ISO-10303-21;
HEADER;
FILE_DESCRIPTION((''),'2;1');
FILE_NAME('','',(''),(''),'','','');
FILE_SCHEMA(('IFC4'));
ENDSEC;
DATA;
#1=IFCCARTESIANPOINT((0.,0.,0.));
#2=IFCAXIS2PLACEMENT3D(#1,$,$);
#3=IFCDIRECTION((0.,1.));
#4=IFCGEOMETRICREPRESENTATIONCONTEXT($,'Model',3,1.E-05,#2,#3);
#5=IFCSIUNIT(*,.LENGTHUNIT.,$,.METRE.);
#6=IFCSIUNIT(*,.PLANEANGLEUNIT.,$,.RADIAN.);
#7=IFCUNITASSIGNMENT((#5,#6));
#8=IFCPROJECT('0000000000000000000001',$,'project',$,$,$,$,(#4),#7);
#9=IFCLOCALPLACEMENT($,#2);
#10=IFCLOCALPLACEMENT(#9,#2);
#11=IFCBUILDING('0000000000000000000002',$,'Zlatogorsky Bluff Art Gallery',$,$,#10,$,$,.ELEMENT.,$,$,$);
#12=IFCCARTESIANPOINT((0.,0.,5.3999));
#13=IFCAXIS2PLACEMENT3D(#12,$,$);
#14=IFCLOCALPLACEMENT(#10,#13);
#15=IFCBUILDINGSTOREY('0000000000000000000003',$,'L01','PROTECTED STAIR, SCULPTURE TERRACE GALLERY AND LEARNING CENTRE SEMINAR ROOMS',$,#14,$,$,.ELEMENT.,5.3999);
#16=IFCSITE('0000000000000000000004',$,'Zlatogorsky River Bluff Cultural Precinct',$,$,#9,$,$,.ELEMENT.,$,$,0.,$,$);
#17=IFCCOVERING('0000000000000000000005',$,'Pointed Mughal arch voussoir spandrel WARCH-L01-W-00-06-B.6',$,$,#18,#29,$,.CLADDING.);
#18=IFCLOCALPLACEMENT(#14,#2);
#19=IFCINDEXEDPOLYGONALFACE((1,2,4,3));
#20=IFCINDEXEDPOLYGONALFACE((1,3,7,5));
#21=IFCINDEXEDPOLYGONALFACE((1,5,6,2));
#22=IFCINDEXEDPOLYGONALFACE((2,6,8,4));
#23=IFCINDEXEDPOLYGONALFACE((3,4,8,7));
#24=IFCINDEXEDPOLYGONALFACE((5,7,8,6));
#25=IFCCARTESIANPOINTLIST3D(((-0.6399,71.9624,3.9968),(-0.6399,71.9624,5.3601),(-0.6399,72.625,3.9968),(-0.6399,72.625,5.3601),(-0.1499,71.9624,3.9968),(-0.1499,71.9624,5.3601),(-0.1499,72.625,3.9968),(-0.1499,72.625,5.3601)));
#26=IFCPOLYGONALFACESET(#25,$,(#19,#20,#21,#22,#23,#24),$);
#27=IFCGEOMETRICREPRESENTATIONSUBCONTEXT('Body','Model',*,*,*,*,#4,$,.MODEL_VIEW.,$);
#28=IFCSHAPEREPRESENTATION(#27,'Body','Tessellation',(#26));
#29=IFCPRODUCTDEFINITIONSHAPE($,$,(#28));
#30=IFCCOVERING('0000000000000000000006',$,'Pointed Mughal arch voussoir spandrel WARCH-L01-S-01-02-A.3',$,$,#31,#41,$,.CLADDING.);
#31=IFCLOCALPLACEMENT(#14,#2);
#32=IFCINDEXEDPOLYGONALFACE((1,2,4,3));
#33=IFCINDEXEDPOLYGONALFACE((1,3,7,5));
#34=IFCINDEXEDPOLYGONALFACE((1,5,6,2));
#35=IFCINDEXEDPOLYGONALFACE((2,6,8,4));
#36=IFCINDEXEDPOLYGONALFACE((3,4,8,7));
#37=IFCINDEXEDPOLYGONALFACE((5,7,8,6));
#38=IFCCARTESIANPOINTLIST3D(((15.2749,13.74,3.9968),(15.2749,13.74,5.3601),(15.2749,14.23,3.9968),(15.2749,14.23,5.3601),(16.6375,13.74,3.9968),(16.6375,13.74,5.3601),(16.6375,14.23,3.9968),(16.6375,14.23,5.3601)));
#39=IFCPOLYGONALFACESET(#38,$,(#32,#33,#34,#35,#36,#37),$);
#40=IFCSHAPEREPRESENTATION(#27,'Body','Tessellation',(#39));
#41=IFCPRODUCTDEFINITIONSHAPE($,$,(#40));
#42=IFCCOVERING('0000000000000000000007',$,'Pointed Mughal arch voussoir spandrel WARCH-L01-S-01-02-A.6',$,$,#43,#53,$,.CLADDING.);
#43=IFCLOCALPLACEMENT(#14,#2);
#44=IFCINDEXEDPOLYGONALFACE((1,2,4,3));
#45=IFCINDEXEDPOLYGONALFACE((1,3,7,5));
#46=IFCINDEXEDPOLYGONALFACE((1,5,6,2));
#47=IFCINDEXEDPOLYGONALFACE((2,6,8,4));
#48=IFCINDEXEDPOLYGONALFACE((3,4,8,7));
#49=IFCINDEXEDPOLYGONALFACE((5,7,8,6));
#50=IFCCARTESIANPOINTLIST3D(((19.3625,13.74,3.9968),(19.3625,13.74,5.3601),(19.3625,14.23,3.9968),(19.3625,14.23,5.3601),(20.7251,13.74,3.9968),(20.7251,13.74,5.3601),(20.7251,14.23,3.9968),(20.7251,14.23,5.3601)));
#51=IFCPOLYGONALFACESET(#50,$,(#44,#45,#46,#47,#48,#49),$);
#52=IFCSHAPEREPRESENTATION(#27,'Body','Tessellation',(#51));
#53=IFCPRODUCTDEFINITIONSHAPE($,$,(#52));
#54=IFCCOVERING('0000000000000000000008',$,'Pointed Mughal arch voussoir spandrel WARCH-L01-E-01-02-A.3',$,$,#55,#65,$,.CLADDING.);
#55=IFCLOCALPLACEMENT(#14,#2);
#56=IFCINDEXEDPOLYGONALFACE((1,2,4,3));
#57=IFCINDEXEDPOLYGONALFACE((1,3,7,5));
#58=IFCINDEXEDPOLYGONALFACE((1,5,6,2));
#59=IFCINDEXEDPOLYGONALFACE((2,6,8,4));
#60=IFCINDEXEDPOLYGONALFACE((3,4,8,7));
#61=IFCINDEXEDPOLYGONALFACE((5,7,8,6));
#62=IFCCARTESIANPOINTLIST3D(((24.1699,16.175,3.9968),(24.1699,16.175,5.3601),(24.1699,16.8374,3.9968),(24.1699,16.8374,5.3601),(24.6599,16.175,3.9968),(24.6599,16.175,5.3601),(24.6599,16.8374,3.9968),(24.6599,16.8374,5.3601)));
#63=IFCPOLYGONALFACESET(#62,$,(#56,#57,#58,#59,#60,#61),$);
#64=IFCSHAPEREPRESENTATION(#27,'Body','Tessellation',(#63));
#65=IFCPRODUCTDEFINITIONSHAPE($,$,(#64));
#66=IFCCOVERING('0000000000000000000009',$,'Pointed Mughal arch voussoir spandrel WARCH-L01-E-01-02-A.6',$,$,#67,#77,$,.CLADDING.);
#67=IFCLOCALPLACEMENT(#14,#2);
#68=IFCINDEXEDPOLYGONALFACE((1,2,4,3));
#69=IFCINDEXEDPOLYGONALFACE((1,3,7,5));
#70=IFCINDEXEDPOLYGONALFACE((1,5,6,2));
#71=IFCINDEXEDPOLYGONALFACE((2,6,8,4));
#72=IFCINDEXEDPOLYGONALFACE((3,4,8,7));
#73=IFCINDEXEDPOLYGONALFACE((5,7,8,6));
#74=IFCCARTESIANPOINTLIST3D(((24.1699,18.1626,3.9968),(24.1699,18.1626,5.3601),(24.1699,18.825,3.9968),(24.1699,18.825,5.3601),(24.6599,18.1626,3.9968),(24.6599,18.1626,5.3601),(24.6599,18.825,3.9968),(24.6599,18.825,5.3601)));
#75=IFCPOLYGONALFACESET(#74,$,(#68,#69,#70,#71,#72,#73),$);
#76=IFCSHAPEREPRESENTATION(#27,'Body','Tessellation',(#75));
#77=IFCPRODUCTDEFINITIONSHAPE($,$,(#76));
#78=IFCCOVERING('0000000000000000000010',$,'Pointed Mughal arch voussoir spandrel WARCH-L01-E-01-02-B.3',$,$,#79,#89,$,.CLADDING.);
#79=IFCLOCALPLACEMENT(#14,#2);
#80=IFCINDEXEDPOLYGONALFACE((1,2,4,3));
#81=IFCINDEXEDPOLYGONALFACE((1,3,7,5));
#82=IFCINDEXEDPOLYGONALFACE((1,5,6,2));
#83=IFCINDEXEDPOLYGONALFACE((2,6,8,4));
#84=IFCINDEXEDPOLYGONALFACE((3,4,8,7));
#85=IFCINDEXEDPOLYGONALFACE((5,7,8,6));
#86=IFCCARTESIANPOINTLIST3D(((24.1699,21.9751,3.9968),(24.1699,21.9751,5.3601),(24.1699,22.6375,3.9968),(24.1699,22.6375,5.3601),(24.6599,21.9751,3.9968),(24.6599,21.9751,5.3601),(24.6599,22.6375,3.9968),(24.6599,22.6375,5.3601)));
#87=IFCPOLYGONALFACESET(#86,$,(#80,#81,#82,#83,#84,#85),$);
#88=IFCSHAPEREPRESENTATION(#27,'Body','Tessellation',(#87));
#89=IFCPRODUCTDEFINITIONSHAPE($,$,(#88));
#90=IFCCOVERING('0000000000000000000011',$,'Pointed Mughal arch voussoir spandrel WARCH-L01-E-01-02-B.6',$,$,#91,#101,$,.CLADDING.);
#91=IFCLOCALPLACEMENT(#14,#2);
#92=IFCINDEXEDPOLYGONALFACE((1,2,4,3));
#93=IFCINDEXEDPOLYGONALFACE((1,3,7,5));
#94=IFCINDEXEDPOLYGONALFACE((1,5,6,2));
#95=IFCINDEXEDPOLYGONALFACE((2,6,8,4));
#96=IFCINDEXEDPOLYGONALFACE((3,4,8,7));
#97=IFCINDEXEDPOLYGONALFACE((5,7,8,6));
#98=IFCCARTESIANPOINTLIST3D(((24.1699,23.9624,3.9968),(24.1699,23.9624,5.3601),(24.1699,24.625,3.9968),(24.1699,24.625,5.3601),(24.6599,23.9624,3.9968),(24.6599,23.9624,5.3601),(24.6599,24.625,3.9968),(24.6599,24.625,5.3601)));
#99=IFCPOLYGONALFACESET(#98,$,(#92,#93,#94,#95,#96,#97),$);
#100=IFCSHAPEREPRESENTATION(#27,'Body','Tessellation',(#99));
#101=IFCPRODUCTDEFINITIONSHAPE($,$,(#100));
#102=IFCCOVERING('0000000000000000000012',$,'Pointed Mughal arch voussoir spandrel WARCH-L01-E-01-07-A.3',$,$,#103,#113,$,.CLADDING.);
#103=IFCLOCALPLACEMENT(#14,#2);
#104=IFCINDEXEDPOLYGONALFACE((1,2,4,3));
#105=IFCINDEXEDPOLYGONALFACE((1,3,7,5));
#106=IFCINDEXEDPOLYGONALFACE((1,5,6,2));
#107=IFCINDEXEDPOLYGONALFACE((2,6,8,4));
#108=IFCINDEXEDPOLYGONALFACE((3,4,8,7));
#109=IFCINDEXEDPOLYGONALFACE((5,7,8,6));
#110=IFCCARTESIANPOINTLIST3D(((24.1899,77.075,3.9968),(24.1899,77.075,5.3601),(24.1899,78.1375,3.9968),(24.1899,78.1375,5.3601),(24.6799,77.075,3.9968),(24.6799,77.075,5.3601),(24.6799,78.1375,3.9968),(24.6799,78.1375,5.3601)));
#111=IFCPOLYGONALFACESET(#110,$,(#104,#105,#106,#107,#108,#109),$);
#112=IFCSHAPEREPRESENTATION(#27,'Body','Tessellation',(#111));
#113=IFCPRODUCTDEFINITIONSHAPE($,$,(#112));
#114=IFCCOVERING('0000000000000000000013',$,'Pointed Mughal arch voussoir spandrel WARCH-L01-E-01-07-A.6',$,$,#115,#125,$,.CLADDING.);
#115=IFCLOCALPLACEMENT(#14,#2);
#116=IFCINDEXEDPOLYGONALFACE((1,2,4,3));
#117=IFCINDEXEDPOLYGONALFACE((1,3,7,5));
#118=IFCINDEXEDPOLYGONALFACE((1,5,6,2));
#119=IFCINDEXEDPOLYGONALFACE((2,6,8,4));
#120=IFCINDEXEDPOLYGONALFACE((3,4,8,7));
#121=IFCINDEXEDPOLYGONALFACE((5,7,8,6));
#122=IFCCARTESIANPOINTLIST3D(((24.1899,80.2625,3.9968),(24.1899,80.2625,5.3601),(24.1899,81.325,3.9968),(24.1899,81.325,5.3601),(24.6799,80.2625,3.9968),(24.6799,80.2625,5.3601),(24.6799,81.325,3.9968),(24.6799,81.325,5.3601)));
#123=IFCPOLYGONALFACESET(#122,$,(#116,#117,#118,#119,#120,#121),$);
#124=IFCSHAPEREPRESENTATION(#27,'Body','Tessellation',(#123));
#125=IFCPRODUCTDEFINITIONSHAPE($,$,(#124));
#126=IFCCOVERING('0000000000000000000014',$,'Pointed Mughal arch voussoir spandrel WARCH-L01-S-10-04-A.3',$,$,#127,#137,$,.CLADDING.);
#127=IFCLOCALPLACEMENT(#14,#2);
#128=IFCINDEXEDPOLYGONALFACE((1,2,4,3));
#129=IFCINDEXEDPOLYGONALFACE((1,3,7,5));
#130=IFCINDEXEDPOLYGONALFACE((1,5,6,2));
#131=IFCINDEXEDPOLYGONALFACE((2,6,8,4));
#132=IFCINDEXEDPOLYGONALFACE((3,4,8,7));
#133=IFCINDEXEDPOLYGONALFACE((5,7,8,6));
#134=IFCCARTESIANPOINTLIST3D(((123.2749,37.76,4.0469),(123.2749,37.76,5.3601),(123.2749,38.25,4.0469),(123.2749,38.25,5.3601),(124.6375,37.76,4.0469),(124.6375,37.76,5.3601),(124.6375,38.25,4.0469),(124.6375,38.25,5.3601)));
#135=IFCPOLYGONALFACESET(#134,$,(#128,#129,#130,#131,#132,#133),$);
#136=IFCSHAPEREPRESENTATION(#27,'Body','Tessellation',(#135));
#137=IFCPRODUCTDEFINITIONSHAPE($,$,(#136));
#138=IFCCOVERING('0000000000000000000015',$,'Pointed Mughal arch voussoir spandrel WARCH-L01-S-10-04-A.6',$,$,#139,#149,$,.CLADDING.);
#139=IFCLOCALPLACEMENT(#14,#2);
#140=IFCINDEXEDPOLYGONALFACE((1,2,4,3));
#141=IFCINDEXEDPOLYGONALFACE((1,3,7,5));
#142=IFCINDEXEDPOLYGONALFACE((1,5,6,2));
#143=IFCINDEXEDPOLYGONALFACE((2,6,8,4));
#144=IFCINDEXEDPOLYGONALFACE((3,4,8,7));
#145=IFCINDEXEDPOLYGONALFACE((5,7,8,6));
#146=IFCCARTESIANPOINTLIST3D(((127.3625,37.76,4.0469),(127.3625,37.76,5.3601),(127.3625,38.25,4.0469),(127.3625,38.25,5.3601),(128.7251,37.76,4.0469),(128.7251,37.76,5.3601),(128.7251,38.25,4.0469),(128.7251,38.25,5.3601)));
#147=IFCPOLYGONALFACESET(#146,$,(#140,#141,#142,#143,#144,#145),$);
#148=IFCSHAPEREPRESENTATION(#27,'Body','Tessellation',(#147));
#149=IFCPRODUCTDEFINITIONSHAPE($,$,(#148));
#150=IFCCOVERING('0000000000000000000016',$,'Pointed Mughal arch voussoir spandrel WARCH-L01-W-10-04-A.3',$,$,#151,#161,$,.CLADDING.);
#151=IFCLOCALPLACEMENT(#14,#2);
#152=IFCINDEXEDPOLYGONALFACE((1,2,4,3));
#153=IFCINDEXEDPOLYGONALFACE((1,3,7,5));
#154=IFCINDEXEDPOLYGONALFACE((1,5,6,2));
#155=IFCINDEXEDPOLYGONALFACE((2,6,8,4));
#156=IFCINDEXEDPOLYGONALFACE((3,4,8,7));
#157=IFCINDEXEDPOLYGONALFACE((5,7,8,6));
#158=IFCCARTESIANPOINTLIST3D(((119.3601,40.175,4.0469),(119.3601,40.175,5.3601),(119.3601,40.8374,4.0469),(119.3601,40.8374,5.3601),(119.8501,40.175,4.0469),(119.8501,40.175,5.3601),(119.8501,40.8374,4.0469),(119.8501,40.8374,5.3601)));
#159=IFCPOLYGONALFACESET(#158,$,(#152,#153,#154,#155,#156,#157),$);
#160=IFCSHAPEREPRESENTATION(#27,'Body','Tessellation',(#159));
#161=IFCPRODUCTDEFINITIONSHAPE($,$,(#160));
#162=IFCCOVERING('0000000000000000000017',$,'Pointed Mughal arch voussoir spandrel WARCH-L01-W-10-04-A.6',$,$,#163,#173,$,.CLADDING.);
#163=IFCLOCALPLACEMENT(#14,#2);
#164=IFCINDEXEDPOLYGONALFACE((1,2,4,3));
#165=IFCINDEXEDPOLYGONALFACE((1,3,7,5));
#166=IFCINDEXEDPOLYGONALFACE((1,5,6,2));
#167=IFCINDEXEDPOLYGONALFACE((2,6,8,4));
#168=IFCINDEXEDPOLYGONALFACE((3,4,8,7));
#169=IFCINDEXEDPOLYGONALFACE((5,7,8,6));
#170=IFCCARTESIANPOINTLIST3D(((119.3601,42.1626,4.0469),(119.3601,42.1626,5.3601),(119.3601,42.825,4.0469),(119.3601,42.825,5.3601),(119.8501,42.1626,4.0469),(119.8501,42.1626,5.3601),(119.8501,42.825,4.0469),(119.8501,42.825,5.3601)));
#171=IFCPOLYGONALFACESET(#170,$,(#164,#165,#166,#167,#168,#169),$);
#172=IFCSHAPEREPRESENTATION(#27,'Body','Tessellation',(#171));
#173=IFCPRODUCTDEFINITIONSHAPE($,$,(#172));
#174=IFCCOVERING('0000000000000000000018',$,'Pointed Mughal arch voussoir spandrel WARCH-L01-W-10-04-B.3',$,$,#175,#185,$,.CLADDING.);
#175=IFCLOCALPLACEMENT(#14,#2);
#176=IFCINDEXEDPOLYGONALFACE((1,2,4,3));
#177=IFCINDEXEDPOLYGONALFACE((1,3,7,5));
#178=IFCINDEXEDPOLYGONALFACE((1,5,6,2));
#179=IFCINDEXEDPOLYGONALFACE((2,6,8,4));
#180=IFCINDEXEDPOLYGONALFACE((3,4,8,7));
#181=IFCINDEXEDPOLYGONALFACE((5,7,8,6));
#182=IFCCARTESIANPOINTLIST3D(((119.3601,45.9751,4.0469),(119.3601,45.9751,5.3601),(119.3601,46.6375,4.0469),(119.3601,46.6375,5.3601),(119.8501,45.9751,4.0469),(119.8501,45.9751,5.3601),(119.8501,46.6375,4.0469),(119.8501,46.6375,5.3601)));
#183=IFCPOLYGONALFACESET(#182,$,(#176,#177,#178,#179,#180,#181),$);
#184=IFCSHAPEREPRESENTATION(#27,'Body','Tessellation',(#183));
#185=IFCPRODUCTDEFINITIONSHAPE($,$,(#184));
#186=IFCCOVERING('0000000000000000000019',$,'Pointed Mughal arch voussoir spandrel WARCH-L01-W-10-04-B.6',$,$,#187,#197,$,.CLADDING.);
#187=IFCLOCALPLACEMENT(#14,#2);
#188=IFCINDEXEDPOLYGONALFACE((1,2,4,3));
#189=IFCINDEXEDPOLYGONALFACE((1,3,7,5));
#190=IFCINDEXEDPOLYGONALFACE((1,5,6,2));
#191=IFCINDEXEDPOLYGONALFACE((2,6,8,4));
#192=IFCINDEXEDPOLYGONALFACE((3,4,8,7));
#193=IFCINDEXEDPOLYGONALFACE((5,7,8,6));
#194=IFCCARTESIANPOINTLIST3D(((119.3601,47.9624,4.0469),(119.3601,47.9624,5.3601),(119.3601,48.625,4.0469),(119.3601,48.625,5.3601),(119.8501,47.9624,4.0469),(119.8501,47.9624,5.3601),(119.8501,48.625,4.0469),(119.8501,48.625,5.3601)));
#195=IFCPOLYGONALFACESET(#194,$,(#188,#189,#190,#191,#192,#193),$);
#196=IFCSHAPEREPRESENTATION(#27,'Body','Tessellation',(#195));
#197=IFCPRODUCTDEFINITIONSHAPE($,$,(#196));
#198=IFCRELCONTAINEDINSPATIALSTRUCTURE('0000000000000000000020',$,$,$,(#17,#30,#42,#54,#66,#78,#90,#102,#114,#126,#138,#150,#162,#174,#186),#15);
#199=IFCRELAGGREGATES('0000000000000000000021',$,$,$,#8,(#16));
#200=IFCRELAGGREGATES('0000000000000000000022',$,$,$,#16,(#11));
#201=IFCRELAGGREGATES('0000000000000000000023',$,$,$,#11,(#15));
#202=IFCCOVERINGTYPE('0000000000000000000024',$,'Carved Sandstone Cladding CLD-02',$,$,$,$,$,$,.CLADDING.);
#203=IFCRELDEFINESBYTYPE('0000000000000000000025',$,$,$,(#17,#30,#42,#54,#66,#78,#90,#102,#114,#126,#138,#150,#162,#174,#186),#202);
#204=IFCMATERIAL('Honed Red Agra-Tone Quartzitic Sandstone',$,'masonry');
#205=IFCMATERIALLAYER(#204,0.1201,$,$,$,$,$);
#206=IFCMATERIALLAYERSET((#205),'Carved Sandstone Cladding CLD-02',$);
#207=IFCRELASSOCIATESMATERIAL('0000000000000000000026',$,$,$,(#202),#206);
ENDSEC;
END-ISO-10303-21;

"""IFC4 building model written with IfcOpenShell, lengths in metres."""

from ifc_helpers import new_model, si_unit, direction, frame, origin, place, context, subcontext, project, spatial, polyline, outline, extrude, material, layer, layer_set, type_object, element, save


model = new_model("IFC4")

# Units and contexts
model_context = context("Model", 3, precision=1e-05, world=origin(), true_north=direction((0.0, 1.0)))
body_context = subcontext(model_context, "Body", "Model", "MODEL_VIEW")
ifc_project = project(units=[si_unit("LENGTHUNIT", "METRE"), si_unit("PLANEANGLEUNIT", "RADIAN")], contexts=[model_context])

# Site, building, storey
site_placement = place(None, origin())
site = spatial("IfcSite", under=ifc_project, at=site_placement, Name="Zlatogorsky River Bluff Cultural Precinct", CompositionType="ELEMENT", RefElevation=0.0)
building_placement = place(site_placement, origin())
building = spatial("IfcBuilding", under=site, at=building_placement, Name="Zlatogorsky Bluff Art Gallery", CompositionType="ELEMENT")
storey_placement = place(building_placement, frame((0.0, 0.0, 5.3999)))
storey = spatial("IfcBuildingStorey", under=building, at=storey_placement, Name="L01", Description="PROTECTED STAIR, SCULPTURE TERRACE GALLERY AND LEARNING CENTRE SEMINAR ROOMS", CompositionType="ELEMENT", Elevation=5.3999)

# Coverings
ifc_material = material(Name="Honed Red Agra-Tone Quartzitic Sandstone", Category="masonry")
ifc_layer = layer(ifc_material, 0.1201)
ifc_layer_set = layer_set([ifc_layer], Name="Carved Sandstone Cladding CLD-02")
covering_type = type_object("IfcCoveringType", Name="Carved Sandstone Cladding CLD-02", PredefinedType="CLADDING", material=ifc_layer_set)
covering_1_placement = place(storey_placement, frame((0.0, 0.0, 3.9968)))
element("IfcCovering", 1, at=covering_1_placement, inside=storey, type_object=covering_type, Name="Pointed Mughal arch voussoir spandrel WARCH-L01-W-00-06-B.6", PredefinedType="CLADDING", context=body_context, shape_type="SweptSolid", body=[
    extrude(outline(polyline([(-0.6399, 71.9624), (-0.6399, 72.625), (-0.1499, 72.625), (-0.1499, 71.9624), (-0.6399, 71.9624)])), origin(), (0.0, 0.0, 1.0), 1.3633),
])
covering_2_placement = place(storey_placement, frame((0.0, 0.0, 3.9968)))
element("IfcCovering", 2, at=covering_2_placement, inside=storey, type_object=covering_type, Name="Pointed Mughal arch voussoir spandrel WARCH-L01-S-01-02-A.3", PredefinedType="CLADDING", context=body_context, shape_type="SweptSolid", body=[
    extrude(outline(polyline([(15.2749, 13.74), (16.6375, 13.74), (16.6375, 14.23), (15.2749, 14.23), (15.2749, 13.74)])), origin(), (0.0, 0.0, 1.0), 1.3633),
])
covering_3_placement = place(storey_placement, frame((0.0, 0.0, 3.9968)))
element("IfcCovering", 3, at=covering_3_placement, inside=storey, type_object=covering_type, Name="Pointed Mughal arch voussoir spandrel WARCH-L01-S-01-02-A.6", PredefinedType="CLADDING", context=body_context, shape_type="SweptSolid", body=[
    extrude(outline(polyline([(19.3625, 13.74), (20.7251, 13.74), (20.7251, 14.23), (19.3625, 14.23), (19.3625, 13.74)])), origin(), (0.0, 0.0, 1.0), 1.3633),
])
covering_4_placement = place(storey_placement, frame((0.0, 0.0, 3.9968)))
element("IfcCovering", 4, at=covering_4_placement, inside=storey, type_object=covering_type, Name="Pointed Mughal arch voussoir spandrel WARCH-L01-E-01-02-A.3", PredefinedType="CLADDING", context=body_context, shape_type="SweptSolid", body=[
    extrude(outline(polyline([(24.1699, 16.175), (24.1699, 16.8374), (24.6599, 16.8374), (24.6599, 16.175), (24.1699, 16.175)])), origin(), (0.0, 0.0, 1.0), 1.3633),
])
covering_5_placement = place(storey_placement, frame((0.0, 0.0, 3.9968)))
element("IfcCovering", 5, at=covering_5_placement, inside=storey, type_object=covering_type, Name="Pointed Mughal arch voussoir spandrel WARCH-L01-E-01-02-A.6", PredefinedType="CLADDING", context=body_context, shape_type="SweptSolid", body=[
    extrude(outline(polyline([(24.1699, 18.1626), (24.1699, 18.825), (24.6599, 18.825), (24.6599, 18.1626), (24.1699, 18.1626)])), origin(), (0.0, 0.0, 1.0), 1.3633),
])
covering_6_placement = place(storey_placement, frame((0.0, 0.0, 3.9968)))
element("IfcCovering", 6, at=covering_6_placement, inside=storey, type_object=covering_type, Name="Pointed Mughal arch voussoir spandrel WARCH-L01-E-01-02-B.3", PredefinedType="CLADDING", context=body_context, shape_type="SweptSolid", body=[
    extrude(outline(polyline([(24.1699, 21.9751), (24.1699, 22.6375), (24.6599, 22.6375), (24.6599, 21.9751), (24.1699, 21.9751)])), origin(), (0.0, 0.0, 1.0), 1.3633),
])
covering_7_placement = place(storey_placement, frame((0.0, 0.0, 3.9968)))
element("IfcCovering", 7, at=covering_7_placement, inside=storey, type_object=covering_type, Name="Pointed Mughal arch voussoir spandrel WARCH-L01-E-01-02-B.6", PredefinedType="CLADDING", context=body_context, shape_type="SweptSolid", body=[
    extrude(outline(polyline([(24.1699, 23.9624), (24.1699, 24.625), (24.6599, 24.625), (24.6599, 23.9624), (24.1699, 23.9624)])), origin(), (0.0, 0.0, 1.0), 1.3633),
])
covering_8_placement = place(storey_placement, frame((0.0, 0.0, 3.9968)))
element("IfcCovering", 8, at=covering_8_placement, inside=storey, type_object=covering_type, Name="Pointed Mughal arch voussoir spandrel WARCH-L01-E-01-07-A.3", PredefinedType="CLADDING", context=body_context, shape_type="SweptSolid", body=[
    extrude(outline(polyline([(24.1899, 77.075), (24.1899, 78.1375), (24.6799, 78.1375), (24.6799, 77.075), (24.1899, 77.075)])), origin(), (0.0, 0.0, 1.0), 1.3633),
])
covering_9_placement = place(storey_placement, frame((0.0, 0.0, 3.9968)))
element("IfcCovering", 9, at=covering_9_placement, inside=storey, type_object=covering_type, Name="Pointed Mughal arch voussoir spandrel WARCH-L01-E-01-07-A.6", PredefinedType="CLADDING", context=body_context, shape_type="SweptSolid", body=[
    extrude(outline(polyline([(24.1899, 80.2625), (24.1899, 81.325), (24.6799, 81.325), (24.6799, 80.2625), (24.1899, 80.2625)])), origin(), (0.0, 0.0, 1.0), 1.3633),
])
covering_10_placement = place(storey_placement, frame((0.0, 0.0, 4.0469)))
element("IfcCovering", 10, at=covering_10_placement, inside=storey, type_object=covering_type, Name="Pointed Mughal arch voussoir spandrel WARCH-L01-S-10-04-A.3", PredefinedType="CLADDING", context=body_context, shape_type="SweptSolid", body=[
    extrude(outline(polyline([(123.2749, 37.76), (124.6375, 37.76), (124.6375, 38.25), (123.2749, 38.25), (123.2749, 37.76)])), origin(), (0.0, 0.0, 1.0), 1.3132),
])
covering_11_placement = place(storey_placement, frame((0.0, 0.0, 4.0469)))
element("IfcCovering", 11, at=covering_11_placement, inside=storey, type_object=covering_type, Name="Pointed Mughal arch voussoir spandrel WARCH-L01-S-10-04-A.6", PredefinedType="CLADDING", context=body_context, shape_type="SweptSolid", body=[
    extrude(outline(polyline([(127.3625, 37.76), (128.7251, 37.76), (128.7251, 38.25), (127.3625, 38.25), (127.3625, 37.76)])), origin(), (0.0, 0.0, 1.0), 1.3132),
])
covering_12_placement = place(storey_placement, frame((0.0, 0.0, 4.0469)))
element("IfcCovering", 12, at=covering_12_placement, inside=storey, type_object=covering_type, Name="Pointed Mughal arch voussoir spandrel WARCH-L01-W-10-04-A.3", PredefinedType="CLADDING", context=body_context, shape_type="SweptSolid", body=[
    extrude(outline(polyline([(119.3601, 40.175), (119.3601, 40.8374), (119.8501, 40.8374), (119.8501, 40.175), (119.3601, 40.175)])), origin(), (0.0, 0.0, 1.0), 1.3132),
])
covering_13_placement = place(storey_placement, frame((0.0, 0.0, 4.0469)))
element("IfcCovering", 13, at=covering_13_placement, inside=storey, type_object=covering_type, Name="Pointed Mughal arch voussoir spandrel WARCH-L01-W-10-04-A.6", PredefinedType="CLADDING", context=body_context, shape_type="SweptSolid", body=[
    extrude(outline(polyline([(119.3601, 42.1626), (119.3601, 42.825), (119.8501, 42.825), (119.8501, 42.1626), (119.3601, 42.1626)])), origin(), (0.0, 0.0, 1.0), 1.3132),
])
covering_14_placement = place(storey_placement, frame((0.0, 0.0, 4.0469)))
element("IfcCovering", 14, at=covering_14_placement, inside=storey, type_object=covering_type, Name="Pointed Mughal arch voussoir spandrel WARCH-L01-W-10-04-B.3", PredefinedType="CLADDING", context=body_context, shape_type="SweptSolid", body=[
    extrude(outline(polyline([(119.3601, 45.9751), (119.3601, 46.6375), (119.8501, 46.6375), (119.8501, 45.9751), (119.3601, 45.9751)])), origin(), (0.0, 0.0, 1.0), 1.3132),
])
covering_15_placement = place(storey_placement, frame((0.0, 0.0, 4.0469)))
element("IfcCovering", 15, at=covering_15_placement, inside=storey, type_object=covering_type, Name="Pointed Mughal arch voussoir spandrel WARCH-L01-W-10-04-B.6", PredefinedType="CLADDING", context=body_context, shape_type="SweptSolid", body=[
    extrude(outline(polyline([(119.3601, 47.9624), (119.3601, 48.625), (119.8501, 48.625), (119.8501, 47.9624), (119.3601, 47.9624)])), origin(), (0.0, 0.0, 1.0), 1.3132),
])

save(model, "model.ifc")
